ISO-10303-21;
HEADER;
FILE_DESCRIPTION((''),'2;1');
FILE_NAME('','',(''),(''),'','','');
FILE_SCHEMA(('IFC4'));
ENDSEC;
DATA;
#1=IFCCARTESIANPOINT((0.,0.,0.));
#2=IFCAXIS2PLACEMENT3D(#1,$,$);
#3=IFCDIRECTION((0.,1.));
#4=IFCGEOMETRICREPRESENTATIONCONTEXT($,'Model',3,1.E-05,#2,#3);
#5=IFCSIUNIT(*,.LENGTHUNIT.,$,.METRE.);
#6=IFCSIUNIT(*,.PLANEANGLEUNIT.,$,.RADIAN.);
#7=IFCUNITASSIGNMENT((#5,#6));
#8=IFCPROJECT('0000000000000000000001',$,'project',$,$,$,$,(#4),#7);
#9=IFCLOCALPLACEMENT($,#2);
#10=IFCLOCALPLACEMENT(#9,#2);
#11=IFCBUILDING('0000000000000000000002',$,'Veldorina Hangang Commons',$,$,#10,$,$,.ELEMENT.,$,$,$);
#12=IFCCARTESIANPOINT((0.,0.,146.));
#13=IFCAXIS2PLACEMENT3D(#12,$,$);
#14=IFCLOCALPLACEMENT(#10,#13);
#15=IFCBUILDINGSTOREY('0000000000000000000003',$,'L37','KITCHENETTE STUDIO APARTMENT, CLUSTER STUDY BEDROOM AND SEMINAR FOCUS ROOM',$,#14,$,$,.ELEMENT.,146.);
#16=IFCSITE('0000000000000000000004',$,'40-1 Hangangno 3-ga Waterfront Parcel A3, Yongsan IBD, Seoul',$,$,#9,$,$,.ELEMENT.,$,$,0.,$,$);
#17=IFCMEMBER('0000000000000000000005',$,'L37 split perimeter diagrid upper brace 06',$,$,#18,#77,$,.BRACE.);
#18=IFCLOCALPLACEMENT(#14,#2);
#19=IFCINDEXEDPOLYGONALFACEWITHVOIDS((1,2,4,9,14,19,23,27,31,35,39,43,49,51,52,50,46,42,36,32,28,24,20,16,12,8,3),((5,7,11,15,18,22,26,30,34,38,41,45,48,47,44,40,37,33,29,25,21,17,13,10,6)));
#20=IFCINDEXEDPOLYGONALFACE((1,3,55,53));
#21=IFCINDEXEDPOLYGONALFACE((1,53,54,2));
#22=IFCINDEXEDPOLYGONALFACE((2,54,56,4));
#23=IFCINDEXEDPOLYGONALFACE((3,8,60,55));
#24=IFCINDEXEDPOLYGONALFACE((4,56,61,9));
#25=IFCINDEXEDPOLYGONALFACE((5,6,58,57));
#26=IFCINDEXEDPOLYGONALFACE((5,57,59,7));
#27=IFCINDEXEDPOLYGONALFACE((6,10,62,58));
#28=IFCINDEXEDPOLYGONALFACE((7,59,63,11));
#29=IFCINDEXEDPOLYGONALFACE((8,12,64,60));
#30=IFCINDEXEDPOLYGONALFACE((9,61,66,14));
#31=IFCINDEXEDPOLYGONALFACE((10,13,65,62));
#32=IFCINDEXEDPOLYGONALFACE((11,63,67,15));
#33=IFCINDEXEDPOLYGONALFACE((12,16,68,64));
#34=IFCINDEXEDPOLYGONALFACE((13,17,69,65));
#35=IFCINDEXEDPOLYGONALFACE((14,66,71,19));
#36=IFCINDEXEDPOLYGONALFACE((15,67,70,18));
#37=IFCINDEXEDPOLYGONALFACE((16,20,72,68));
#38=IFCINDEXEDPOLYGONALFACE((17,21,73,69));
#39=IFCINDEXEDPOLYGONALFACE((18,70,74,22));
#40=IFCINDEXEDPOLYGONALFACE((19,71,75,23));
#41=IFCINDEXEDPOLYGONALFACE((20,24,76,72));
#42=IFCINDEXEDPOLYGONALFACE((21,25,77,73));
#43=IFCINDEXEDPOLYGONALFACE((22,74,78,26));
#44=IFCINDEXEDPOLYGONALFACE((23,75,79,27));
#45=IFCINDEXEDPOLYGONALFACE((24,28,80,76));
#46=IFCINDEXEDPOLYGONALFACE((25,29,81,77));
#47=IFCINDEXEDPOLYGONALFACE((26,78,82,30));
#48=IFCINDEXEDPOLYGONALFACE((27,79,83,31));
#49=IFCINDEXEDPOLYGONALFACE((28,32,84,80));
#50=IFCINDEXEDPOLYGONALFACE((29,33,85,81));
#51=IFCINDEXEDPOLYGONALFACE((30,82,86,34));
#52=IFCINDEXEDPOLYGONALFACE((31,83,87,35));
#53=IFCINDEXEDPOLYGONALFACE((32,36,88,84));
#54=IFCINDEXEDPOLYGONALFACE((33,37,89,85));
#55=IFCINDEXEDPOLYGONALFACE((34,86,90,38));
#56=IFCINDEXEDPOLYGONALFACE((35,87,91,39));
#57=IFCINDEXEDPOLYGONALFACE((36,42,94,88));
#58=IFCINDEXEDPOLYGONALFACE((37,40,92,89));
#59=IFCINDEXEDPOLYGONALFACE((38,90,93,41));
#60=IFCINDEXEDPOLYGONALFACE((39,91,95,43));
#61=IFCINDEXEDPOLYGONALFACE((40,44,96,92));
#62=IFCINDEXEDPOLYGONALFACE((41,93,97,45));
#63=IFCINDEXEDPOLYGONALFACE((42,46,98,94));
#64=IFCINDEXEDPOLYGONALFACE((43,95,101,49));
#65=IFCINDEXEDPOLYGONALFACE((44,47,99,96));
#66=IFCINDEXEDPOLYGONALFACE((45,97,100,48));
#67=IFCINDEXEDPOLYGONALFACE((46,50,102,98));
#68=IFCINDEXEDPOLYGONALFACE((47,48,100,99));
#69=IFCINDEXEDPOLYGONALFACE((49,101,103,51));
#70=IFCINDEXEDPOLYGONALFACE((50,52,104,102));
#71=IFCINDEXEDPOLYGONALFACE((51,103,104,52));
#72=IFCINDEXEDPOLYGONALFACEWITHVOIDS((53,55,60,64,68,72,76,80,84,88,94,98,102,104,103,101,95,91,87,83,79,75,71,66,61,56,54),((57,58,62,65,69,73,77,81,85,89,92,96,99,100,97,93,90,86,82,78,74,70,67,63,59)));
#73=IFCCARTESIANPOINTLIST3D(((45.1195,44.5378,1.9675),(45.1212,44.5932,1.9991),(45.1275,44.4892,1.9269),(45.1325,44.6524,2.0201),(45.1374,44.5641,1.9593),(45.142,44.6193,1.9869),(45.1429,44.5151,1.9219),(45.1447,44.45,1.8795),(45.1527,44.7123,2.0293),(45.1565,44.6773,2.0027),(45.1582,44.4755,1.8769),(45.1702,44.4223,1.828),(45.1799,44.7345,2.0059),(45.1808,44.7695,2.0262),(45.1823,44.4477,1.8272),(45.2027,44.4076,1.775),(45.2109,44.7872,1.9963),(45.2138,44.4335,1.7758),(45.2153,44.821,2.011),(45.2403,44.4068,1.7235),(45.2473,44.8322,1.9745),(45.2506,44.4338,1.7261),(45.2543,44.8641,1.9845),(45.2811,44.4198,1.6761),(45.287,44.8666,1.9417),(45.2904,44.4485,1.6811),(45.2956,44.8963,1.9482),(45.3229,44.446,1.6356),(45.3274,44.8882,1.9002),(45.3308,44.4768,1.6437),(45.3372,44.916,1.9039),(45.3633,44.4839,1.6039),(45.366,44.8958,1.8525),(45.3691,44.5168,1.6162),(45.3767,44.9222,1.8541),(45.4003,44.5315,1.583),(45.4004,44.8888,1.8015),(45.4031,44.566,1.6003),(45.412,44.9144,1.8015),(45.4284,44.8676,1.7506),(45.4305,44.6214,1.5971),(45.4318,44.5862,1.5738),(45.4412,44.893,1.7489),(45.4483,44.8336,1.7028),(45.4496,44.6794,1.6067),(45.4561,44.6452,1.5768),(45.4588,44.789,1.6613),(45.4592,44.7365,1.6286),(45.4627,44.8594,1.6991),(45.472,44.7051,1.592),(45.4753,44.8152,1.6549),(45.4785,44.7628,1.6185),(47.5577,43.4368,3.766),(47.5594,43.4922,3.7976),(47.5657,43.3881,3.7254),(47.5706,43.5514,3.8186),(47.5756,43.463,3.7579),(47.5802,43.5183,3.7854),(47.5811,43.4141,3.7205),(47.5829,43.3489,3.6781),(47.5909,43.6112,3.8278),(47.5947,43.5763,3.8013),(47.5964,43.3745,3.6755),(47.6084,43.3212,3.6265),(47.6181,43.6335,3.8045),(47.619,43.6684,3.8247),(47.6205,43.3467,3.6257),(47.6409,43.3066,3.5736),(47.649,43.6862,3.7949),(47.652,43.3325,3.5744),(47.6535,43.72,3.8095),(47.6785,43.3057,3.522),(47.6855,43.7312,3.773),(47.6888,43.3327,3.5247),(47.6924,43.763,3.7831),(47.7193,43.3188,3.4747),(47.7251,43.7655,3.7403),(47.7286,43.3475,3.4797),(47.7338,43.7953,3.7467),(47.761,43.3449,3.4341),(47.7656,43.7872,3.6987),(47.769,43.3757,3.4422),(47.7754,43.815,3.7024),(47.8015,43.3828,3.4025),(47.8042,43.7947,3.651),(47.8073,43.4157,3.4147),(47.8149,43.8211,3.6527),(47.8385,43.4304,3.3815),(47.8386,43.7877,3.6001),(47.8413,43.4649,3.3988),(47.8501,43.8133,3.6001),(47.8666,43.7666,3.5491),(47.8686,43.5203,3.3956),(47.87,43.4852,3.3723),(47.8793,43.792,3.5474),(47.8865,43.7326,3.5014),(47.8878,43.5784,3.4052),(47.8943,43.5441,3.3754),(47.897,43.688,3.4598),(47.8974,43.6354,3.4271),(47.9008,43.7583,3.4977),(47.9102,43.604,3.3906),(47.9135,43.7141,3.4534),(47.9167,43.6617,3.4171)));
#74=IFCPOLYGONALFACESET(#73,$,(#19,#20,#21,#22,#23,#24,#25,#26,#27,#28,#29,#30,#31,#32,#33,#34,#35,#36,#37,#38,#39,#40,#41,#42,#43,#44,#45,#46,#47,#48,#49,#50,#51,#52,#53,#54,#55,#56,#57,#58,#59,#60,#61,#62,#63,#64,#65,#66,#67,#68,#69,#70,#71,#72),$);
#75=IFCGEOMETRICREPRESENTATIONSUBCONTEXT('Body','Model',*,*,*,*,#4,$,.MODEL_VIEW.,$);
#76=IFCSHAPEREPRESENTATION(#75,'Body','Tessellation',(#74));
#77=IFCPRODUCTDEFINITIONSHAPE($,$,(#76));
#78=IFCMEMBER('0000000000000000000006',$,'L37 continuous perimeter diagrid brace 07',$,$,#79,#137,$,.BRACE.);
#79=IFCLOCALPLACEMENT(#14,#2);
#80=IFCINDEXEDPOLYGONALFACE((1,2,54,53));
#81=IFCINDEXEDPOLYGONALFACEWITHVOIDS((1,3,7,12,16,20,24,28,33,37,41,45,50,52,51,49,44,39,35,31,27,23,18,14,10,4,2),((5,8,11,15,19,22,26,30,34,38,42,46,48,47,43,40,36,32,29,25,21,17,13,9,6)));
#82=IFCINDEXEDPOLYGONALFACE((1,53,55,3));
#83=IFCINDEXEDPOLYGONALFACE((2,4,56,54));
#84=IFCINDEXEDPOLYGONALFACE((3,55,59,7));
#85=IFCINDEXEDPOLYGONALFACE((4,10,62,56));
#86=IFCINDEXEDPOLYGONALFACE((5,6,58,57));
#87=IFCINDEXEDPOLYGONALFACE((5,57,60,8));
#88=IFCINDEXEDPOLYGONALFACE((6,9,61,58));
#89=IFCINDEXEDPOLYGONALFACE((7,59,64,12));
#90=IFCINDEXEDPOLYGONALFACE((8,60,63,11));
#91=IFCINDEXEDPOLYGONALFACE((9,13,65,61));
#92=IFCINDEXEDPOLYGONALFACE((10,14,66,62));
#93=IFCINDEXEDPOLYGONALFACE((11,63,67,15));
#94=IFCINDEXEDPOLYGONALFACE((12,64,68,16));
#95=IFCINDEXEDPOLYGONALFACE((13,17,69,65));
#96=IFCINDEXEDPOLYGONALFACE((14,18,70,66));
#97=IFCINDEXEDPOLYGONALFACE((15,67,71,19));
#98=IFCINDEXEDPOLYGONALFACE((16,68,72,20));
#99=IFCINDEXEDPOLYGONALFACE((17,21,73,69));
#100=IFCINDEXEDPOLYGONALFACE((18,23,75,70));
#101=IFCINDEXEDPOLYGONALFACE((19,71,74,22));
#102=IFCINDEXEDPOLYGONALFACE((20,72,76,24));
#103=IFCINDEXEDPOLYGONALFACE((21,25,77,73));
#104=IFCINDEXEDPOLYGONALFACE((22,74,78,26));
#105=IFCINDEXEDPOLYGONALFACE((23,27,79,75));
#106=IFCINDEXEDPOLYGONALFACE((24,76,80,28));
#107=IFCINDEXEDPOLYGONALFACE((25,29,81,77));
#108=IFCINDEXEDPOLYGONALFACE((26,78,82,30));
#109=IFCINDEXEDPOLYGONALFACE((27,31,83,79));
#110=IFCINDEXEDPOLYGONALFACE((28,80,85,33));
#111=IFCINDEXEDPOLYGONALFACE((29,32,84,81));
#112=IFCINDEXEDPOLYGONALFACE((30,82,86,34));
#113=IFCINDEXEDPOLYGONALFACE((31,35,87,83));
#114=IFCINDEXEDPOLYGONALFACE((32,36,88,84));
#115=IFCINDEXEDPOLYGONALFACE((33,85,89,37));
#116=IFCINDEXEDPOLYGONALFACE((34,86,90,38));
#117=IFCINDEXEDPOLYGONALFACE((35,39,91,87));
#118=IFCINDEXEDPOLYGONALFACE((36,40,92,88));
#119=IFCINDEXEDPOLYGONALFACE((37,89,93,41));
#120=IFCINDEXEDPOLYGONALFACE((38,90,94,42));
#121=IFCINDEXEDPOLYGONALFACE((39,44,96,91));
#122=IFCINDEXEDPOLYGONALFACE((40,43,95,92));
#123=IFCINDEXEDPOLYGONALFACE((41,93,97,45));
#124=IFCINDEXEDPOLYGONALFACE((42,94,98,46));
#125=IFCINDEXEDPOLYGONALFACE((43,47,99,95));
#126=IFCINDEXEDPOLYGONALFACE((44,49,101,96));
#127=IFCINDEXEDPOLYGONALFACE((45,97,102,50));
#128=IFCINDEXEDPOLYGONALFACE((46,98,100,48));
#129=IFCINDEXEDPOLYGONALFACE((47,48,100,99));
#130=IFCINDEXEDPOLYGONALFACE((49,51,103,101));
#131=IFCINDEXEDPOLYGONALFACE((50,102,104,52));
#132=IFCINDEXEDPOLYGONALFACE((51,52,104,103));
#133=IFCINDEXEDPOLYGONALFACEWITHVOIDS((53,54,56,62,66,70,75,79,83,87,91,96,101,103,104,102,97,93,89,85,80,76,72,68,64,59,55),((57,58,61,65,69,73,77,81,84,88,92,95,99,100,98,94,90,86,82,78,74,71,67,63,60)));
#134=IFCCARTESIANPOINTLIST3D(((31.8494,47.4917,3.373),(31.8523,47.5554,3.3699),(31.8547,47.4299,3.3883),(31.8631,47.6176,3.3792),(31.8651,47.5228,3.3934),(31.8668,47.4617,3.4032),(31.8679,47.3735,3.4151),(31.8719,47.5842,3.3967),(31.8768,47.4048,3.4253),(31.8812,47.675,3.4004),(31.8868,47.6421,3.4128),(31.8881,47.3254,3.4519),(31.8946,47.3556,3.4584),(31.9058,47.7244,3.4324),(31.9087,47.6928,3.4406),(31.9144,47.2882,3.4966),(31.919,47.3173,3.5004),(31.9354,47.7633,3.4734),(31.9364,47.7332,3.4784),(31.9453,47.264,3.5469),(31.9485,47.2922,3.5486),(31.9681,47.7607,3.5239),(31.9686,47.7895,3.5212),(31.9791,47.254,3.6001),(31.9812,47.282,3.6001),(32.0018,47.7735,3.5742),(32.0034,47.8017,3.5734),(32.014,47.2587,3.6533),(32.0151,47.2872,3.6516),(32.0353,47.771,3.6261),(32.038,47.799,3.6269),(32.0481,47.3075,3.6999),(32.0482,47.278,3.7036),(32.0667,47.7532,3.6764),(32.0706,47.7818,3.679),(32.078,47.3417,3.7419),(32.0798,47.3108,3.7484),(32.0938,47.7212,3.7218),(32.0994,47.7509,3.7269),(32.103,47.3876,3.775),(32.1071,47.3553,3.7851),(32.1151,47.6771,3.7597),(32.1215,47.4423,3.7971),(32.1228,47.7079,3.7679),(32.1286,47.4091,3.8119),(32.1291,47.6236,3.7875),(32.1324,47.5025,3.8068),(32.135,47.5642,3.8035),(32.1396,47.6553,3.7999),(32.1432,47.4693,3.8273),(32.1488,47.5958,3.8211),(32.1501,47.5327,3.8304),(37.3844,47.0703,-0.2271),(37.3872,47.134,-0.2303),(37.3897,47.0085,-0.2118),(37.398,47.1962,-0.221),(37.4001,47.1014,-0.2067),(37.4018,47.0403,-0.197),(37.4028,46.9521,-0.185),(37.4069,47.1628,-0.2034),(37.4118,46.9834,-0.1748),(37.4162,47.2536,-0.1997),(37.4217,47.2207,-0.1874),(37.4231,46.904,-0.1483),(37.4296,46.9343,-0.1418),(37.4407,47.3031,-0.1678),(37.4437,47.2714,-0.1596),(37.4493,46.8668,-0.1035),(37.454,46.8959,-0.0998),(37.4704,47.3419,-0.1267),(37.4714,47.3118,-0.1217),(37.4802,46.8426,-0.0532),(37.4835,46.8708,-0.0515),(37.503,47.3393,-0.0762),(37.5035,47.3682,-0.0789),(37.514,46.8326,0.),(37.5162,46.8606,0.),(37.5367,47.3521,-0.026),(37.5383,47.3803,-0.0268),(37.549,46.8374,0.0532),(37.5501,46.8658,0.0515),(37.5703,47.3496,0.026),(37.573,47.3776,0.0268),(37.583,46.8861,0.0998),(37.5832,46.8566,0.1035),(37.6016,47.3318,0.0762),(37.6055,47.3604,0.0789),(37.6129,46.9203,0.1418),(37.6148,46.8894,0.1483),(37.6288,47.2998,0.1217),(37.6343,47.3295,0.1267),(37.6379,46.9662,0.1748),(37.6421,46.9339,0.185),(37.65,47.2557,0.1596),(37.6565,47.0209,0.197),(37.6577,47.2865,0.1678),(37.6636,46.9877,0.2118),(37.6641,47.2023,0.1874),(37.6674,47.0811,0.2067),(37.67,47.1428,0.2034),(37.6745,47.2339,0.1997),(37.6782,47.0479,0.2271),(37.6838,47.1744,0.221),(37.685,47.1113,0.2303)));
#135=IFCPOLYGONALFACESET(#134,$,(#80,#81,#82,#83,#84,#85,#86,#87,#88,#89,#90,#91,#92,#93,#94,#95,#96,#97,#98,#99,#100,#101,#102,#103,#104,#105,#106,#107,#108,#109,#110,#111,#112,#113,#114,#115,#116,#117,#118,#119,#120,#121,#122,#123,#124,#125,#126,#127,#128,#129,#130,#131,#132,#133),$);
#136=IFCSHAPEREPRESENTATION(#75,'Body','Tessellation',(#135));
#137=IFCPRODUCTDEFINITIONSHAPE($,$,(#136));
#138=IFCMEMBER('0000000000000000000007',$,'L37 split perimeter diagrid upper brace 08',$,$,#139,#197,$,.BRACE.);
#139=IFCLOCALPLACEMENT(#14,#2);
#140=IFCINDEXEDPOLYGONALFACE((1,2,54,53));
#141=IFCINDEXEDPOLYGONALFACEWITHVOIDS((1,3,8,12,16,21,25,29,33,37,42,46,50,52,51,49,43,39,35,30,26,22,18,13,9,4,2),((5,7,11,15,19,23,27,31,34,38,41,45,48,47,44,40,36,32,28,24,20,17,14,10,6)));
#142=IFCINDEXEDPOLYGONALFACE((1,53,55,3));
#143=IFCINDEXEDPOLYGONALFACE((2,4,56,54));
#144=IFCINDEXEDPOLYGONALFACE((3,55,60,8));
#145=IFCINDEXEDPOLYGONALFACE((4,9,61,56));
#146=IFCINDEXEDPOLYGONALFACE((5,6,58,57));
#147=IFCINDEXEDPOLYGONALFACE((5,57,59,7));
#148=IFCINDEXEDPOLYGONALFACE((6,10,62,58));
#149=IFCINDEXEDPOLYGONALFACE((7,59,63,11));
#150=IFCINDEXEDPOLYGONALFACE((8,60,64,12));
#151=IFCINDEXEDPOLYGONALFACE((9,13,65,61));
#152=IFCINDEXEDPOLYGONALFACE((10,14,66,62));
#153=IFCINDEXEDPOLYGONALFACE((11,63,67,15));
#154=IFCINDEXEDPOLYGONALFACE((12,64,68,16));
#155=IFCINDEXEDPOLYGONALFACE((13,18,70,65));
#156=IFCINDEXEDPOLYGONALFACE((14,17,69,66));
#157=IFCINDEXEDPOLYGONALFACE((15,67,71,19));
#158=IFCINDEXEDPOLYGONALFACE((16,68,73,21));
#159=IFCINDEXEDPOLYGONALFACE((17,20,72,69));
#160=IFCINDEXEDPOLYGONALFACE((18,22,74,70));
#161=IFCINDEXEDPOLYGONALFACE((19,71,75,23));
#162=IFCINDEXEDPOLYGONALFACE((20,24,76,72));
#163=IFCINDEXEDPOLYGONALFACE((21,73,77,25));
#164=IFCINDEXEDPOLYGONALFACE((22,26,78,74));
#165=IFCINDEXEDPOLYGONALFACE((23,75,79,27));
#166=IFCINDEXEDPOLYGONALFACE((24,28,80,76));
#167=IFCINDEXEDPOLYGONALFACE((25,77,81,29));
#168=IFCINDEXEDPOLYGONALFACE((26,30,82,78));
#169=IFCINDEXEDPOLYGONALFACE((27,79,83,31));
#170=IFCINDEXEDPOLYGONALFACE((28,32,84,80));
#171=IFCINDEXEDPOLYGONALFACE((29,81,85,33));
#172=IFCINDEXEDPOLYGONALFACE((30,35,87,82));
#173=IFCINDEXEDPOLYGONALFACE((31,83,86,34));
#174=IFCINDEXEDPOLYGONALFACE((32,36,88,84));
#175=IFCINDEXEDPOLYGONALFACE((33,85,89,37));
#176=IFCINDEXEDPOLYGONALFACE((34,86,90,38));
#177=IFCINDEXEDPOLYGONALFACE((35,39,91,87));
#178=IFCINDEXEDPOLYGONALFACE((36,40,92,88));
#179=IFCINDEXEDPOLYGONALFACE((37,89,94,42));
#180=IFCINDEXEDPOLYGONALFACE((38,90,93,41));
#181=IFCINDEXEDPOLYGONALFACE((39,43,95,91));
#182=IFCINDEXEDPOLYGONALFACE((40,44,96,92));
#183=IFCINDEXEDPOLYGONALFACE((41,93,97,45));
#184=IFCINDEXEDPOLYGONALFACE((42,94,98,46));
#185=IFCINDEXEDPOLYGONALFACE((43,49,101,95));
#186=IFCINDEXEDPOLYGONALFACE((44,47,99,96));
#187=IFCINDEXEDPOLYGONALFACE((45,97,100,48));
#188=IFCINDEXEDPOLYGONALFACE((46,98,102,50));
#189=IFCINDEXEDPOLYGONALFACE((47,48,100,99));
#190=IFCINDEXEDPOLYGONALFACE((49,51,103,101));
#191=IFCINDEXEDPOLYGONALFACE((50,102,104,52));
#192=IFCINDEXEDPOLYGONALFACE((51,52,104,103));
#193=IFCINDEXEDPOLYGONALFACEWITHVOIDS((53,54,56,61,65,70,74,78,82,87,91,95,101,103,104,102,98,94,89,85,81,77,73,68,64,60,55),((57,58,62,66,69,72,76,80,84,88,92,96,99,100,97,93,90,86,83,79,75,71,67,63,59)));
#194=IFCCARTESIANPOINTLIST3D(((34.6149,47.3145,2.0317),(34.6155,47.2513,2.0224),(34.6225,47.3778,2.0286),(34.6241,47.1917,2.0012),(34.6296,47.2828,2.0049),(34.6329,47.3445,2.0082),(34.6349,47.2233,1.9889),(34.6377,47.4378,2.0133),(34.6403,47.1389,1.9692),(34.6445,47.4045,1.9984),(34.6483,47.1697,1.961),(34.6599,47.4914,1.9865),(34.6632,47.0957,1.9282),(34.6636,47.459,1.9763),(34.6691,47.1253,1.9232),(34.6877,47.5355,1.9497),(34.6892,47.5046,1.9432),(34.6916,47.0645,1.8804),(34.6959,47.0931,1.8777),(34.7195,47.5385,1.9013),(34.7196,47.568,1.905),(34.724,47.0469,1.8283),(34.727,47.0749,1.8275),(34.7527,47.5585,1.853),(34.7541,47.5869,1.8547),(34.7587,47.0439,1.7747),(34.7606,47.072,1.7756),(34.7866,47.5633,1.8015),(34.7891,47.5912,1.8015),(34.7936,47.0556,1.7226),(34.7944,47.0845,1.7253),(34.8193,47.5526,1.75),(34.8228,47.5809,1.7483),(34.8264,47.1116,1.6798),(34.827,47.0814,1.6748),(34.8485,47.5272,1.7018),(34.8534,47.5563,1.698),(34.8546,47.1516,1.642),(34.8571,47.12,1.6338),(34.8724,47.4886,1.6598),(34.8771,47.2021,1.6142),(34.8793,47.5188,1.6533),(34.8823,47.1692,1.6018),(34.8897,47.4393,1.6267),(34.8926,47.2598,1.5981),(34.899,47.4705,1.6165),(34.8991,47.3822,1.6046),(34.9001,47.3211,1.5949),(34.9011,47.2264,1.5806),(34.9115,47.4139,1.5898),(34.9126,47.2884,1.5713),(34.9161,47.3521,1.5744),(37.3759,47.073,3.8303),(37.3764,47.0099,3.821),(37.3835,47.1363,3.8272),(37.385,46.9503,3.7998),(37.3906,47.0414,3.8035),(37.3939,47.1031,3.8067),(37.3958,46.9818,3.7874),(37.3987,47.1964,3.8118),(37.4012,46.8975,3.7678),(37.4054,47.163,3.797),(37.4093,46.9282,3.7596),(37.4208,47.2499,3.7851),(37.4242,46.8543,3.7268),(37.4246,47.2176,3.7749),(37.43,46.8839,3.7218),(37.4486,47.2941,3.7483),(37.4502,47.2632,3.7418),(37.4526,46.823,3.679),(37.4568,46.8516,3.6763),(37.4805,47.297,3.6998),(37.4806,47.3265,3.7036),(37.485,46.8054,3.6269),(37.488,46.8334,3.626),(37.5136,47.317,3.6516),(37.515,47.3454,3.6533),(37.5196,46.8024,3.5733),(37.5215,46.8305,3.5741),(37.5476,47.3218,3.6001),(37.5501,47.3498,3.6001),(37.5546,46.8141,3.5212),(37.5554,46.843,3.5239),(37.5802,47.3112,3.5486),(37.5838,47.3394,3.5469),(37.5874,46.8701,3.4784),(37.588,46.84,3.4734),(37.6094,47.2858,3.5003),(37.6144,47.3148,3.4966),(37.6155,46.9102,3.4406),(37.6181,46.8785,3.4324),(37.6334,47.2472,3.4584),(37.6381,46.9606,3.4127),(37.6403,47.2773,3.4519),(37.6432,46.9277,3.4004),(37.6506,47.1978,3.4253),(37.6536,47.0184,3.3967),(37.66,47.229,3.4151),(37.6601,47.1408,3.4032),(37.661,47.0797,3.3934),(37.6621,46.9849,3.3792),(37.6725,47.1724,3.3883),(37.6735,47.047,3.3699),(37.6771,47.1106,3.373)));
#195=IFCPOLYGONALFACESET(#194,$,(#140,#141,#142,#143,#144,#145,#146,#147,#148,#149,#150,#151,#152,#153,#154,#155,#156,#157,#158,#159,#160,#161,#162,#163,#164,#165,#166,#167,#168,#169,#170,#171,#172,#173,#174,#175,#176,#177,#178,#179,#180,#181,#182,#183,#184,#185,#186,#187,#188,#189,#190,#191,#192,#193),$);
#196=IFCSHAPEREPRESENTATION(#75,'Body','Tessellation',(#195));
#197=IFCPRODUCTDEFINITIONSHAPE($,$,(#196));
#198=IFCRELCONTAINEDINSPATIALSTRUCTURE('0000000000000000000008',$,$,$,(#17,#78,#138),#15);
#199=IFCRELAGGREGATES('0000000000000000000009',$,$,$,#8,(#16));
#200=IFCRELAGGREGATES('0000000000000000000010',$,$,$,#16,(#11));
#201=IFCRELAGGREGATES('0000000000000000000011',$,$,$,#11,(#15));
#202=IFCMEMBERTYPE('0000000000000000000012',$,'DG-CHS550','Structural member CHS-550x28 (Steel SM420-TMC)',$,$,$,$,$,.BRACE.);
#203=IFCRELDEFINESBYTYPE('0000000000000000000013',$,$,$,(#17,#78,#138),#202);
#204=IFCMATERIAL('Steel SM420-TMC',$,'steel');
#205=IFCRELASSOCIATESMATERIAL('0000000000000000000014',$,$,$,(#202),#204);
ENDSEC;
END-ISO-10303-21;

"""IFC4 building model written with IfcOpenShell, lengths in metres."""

from ifc_helpers import new_model, si_unit, direction, frame, origin, origin_2d, place, context, subcontext, project, spatial, hollow_circle, extrude, material, material_profile, profile_set, type_object, element, save


model = new_model("IFC4")

# Units and contexts
model_context = context("Model", 3, precision=1e-05, world=origin(), true_north=direction((0.0, 1.0)))
body_context = subcontext(model_context, "Body", "Model", "MODEL_VIEW")
ifc_project = project(units=[si_unit("LENGTHUNIT", "METRE"), si_unit("PLANEANGLEUNIT", "RADIAN")], contexts=[model_context])

# Site, building, storey
site_placement = place(None, origin())
site = spatial("IfcSite", under=ifc_project, at=site_placement, Name="40-1 Hangangno 3-ga Waterfront Parcel A3, Yongsan IBD, Seoul", CompositionType="ELEMENT", RefElevation=0.0)
building_placement = place(site_placement, origin())
building = spatial("IfcBuilding", under=site, at=building_placement, Name="Veldorina Hangang Commons", CompositionType="ELEMENT")
storey_placement = place(building_placement, frame((0.0, 0.0, 146.0)))
storey = spatial("IfcBuildingStorey", under=building, at=storey_placement, Name="L37", Description="KITCHENETTE STUDIO APARTMENT, CLUSTER STUDY BEDROOM AND SEMINAR FOCUS ROOM", CompositionType="ELEMENT", Elevation=146.0)

# Shared definitions
ifc_material_1 = material(Name="Steel SM420-TMC", Category="steel")

# Members
ifc_material_profile_1 = material_profile(ifc_material_1, hollow_circle(Radius=0.2749, WallThickness=0.0281, at=origin_2d()), Name="CHS-550x28")
ifc_profile_set_1 = profile_set([ifc_material_profile_1], Name="Steel SM420-TMC")
member_type = type_object("IfcMemberType", Name="DG-CHS550", Description="Structural member CHS-550x28 (Steel SM420-TMC)", PredefinedType="BRACE", material=ifc_profile_set_1)
member_1_placement = place(storey_placement, frame((45.2988, 44.6638, 1.8015), z_axis=(0.756346, -0.341556, 0.557925), x_axis=(0.411567, 0.911379, 0.0)))
element("IfcMember", 1, at=member_1_placement, inside=storey, type_object=member_type, Name="L37 split perimeter diagrid upper brace 06", PredefinedType="BRACE", context=body_context, shape_type="SweptSolid", body=[
    extrude(hollow_circle(Radius=0.2749, WallThickness=0.0281, at=origin_2d()), origin(), (0.0, 0.0, 1.0), 3.2236),
])
member_2_placement = place(storey_placement, frame((37.5349, 47.1067, 0.0), z_axis=(-0.836575, 0.063691, 0.544137), x_axis=(-0.075913, -0.997114, 0.0)))
element("IfcMember", 2, at=member_2_placement, inside=storey, type_object=member_type, Name="L37 continuous perimeter diagrid brace 07", PredefinedType="BRACE", context=body_context, shape_type="SweptSolid", body=[
    extrude(hollow_circle(Radius=0.2749, WallThickness=0.0281, at=origin_2d()), origin(), (0.0, 0.0, 1.0), 6.6162),
])
member_3_placement = place(storey_placement, frame((34.7651, 47.3174, 1.8015), z_axis=(0.835656, -0.07308, 0.54437), x_axis=(0.08712, 0.996198, 0.0)))
element("IfcMember", 3, at=member_3_placement, inside=storey, type_object=member_type, Name="L37 split perimeter diagrid upper brace 08", PredefinedType="BRACE", context=body_context, shape_type="SweptSolid", body=[
    extrude(hollow_circle(Radius=0.2749, WallThickness=0.0281, at=origin_2d()), origin(), (0.0, 0.0, 1.0), 3.304),
])

save(model, "model.ifc")
